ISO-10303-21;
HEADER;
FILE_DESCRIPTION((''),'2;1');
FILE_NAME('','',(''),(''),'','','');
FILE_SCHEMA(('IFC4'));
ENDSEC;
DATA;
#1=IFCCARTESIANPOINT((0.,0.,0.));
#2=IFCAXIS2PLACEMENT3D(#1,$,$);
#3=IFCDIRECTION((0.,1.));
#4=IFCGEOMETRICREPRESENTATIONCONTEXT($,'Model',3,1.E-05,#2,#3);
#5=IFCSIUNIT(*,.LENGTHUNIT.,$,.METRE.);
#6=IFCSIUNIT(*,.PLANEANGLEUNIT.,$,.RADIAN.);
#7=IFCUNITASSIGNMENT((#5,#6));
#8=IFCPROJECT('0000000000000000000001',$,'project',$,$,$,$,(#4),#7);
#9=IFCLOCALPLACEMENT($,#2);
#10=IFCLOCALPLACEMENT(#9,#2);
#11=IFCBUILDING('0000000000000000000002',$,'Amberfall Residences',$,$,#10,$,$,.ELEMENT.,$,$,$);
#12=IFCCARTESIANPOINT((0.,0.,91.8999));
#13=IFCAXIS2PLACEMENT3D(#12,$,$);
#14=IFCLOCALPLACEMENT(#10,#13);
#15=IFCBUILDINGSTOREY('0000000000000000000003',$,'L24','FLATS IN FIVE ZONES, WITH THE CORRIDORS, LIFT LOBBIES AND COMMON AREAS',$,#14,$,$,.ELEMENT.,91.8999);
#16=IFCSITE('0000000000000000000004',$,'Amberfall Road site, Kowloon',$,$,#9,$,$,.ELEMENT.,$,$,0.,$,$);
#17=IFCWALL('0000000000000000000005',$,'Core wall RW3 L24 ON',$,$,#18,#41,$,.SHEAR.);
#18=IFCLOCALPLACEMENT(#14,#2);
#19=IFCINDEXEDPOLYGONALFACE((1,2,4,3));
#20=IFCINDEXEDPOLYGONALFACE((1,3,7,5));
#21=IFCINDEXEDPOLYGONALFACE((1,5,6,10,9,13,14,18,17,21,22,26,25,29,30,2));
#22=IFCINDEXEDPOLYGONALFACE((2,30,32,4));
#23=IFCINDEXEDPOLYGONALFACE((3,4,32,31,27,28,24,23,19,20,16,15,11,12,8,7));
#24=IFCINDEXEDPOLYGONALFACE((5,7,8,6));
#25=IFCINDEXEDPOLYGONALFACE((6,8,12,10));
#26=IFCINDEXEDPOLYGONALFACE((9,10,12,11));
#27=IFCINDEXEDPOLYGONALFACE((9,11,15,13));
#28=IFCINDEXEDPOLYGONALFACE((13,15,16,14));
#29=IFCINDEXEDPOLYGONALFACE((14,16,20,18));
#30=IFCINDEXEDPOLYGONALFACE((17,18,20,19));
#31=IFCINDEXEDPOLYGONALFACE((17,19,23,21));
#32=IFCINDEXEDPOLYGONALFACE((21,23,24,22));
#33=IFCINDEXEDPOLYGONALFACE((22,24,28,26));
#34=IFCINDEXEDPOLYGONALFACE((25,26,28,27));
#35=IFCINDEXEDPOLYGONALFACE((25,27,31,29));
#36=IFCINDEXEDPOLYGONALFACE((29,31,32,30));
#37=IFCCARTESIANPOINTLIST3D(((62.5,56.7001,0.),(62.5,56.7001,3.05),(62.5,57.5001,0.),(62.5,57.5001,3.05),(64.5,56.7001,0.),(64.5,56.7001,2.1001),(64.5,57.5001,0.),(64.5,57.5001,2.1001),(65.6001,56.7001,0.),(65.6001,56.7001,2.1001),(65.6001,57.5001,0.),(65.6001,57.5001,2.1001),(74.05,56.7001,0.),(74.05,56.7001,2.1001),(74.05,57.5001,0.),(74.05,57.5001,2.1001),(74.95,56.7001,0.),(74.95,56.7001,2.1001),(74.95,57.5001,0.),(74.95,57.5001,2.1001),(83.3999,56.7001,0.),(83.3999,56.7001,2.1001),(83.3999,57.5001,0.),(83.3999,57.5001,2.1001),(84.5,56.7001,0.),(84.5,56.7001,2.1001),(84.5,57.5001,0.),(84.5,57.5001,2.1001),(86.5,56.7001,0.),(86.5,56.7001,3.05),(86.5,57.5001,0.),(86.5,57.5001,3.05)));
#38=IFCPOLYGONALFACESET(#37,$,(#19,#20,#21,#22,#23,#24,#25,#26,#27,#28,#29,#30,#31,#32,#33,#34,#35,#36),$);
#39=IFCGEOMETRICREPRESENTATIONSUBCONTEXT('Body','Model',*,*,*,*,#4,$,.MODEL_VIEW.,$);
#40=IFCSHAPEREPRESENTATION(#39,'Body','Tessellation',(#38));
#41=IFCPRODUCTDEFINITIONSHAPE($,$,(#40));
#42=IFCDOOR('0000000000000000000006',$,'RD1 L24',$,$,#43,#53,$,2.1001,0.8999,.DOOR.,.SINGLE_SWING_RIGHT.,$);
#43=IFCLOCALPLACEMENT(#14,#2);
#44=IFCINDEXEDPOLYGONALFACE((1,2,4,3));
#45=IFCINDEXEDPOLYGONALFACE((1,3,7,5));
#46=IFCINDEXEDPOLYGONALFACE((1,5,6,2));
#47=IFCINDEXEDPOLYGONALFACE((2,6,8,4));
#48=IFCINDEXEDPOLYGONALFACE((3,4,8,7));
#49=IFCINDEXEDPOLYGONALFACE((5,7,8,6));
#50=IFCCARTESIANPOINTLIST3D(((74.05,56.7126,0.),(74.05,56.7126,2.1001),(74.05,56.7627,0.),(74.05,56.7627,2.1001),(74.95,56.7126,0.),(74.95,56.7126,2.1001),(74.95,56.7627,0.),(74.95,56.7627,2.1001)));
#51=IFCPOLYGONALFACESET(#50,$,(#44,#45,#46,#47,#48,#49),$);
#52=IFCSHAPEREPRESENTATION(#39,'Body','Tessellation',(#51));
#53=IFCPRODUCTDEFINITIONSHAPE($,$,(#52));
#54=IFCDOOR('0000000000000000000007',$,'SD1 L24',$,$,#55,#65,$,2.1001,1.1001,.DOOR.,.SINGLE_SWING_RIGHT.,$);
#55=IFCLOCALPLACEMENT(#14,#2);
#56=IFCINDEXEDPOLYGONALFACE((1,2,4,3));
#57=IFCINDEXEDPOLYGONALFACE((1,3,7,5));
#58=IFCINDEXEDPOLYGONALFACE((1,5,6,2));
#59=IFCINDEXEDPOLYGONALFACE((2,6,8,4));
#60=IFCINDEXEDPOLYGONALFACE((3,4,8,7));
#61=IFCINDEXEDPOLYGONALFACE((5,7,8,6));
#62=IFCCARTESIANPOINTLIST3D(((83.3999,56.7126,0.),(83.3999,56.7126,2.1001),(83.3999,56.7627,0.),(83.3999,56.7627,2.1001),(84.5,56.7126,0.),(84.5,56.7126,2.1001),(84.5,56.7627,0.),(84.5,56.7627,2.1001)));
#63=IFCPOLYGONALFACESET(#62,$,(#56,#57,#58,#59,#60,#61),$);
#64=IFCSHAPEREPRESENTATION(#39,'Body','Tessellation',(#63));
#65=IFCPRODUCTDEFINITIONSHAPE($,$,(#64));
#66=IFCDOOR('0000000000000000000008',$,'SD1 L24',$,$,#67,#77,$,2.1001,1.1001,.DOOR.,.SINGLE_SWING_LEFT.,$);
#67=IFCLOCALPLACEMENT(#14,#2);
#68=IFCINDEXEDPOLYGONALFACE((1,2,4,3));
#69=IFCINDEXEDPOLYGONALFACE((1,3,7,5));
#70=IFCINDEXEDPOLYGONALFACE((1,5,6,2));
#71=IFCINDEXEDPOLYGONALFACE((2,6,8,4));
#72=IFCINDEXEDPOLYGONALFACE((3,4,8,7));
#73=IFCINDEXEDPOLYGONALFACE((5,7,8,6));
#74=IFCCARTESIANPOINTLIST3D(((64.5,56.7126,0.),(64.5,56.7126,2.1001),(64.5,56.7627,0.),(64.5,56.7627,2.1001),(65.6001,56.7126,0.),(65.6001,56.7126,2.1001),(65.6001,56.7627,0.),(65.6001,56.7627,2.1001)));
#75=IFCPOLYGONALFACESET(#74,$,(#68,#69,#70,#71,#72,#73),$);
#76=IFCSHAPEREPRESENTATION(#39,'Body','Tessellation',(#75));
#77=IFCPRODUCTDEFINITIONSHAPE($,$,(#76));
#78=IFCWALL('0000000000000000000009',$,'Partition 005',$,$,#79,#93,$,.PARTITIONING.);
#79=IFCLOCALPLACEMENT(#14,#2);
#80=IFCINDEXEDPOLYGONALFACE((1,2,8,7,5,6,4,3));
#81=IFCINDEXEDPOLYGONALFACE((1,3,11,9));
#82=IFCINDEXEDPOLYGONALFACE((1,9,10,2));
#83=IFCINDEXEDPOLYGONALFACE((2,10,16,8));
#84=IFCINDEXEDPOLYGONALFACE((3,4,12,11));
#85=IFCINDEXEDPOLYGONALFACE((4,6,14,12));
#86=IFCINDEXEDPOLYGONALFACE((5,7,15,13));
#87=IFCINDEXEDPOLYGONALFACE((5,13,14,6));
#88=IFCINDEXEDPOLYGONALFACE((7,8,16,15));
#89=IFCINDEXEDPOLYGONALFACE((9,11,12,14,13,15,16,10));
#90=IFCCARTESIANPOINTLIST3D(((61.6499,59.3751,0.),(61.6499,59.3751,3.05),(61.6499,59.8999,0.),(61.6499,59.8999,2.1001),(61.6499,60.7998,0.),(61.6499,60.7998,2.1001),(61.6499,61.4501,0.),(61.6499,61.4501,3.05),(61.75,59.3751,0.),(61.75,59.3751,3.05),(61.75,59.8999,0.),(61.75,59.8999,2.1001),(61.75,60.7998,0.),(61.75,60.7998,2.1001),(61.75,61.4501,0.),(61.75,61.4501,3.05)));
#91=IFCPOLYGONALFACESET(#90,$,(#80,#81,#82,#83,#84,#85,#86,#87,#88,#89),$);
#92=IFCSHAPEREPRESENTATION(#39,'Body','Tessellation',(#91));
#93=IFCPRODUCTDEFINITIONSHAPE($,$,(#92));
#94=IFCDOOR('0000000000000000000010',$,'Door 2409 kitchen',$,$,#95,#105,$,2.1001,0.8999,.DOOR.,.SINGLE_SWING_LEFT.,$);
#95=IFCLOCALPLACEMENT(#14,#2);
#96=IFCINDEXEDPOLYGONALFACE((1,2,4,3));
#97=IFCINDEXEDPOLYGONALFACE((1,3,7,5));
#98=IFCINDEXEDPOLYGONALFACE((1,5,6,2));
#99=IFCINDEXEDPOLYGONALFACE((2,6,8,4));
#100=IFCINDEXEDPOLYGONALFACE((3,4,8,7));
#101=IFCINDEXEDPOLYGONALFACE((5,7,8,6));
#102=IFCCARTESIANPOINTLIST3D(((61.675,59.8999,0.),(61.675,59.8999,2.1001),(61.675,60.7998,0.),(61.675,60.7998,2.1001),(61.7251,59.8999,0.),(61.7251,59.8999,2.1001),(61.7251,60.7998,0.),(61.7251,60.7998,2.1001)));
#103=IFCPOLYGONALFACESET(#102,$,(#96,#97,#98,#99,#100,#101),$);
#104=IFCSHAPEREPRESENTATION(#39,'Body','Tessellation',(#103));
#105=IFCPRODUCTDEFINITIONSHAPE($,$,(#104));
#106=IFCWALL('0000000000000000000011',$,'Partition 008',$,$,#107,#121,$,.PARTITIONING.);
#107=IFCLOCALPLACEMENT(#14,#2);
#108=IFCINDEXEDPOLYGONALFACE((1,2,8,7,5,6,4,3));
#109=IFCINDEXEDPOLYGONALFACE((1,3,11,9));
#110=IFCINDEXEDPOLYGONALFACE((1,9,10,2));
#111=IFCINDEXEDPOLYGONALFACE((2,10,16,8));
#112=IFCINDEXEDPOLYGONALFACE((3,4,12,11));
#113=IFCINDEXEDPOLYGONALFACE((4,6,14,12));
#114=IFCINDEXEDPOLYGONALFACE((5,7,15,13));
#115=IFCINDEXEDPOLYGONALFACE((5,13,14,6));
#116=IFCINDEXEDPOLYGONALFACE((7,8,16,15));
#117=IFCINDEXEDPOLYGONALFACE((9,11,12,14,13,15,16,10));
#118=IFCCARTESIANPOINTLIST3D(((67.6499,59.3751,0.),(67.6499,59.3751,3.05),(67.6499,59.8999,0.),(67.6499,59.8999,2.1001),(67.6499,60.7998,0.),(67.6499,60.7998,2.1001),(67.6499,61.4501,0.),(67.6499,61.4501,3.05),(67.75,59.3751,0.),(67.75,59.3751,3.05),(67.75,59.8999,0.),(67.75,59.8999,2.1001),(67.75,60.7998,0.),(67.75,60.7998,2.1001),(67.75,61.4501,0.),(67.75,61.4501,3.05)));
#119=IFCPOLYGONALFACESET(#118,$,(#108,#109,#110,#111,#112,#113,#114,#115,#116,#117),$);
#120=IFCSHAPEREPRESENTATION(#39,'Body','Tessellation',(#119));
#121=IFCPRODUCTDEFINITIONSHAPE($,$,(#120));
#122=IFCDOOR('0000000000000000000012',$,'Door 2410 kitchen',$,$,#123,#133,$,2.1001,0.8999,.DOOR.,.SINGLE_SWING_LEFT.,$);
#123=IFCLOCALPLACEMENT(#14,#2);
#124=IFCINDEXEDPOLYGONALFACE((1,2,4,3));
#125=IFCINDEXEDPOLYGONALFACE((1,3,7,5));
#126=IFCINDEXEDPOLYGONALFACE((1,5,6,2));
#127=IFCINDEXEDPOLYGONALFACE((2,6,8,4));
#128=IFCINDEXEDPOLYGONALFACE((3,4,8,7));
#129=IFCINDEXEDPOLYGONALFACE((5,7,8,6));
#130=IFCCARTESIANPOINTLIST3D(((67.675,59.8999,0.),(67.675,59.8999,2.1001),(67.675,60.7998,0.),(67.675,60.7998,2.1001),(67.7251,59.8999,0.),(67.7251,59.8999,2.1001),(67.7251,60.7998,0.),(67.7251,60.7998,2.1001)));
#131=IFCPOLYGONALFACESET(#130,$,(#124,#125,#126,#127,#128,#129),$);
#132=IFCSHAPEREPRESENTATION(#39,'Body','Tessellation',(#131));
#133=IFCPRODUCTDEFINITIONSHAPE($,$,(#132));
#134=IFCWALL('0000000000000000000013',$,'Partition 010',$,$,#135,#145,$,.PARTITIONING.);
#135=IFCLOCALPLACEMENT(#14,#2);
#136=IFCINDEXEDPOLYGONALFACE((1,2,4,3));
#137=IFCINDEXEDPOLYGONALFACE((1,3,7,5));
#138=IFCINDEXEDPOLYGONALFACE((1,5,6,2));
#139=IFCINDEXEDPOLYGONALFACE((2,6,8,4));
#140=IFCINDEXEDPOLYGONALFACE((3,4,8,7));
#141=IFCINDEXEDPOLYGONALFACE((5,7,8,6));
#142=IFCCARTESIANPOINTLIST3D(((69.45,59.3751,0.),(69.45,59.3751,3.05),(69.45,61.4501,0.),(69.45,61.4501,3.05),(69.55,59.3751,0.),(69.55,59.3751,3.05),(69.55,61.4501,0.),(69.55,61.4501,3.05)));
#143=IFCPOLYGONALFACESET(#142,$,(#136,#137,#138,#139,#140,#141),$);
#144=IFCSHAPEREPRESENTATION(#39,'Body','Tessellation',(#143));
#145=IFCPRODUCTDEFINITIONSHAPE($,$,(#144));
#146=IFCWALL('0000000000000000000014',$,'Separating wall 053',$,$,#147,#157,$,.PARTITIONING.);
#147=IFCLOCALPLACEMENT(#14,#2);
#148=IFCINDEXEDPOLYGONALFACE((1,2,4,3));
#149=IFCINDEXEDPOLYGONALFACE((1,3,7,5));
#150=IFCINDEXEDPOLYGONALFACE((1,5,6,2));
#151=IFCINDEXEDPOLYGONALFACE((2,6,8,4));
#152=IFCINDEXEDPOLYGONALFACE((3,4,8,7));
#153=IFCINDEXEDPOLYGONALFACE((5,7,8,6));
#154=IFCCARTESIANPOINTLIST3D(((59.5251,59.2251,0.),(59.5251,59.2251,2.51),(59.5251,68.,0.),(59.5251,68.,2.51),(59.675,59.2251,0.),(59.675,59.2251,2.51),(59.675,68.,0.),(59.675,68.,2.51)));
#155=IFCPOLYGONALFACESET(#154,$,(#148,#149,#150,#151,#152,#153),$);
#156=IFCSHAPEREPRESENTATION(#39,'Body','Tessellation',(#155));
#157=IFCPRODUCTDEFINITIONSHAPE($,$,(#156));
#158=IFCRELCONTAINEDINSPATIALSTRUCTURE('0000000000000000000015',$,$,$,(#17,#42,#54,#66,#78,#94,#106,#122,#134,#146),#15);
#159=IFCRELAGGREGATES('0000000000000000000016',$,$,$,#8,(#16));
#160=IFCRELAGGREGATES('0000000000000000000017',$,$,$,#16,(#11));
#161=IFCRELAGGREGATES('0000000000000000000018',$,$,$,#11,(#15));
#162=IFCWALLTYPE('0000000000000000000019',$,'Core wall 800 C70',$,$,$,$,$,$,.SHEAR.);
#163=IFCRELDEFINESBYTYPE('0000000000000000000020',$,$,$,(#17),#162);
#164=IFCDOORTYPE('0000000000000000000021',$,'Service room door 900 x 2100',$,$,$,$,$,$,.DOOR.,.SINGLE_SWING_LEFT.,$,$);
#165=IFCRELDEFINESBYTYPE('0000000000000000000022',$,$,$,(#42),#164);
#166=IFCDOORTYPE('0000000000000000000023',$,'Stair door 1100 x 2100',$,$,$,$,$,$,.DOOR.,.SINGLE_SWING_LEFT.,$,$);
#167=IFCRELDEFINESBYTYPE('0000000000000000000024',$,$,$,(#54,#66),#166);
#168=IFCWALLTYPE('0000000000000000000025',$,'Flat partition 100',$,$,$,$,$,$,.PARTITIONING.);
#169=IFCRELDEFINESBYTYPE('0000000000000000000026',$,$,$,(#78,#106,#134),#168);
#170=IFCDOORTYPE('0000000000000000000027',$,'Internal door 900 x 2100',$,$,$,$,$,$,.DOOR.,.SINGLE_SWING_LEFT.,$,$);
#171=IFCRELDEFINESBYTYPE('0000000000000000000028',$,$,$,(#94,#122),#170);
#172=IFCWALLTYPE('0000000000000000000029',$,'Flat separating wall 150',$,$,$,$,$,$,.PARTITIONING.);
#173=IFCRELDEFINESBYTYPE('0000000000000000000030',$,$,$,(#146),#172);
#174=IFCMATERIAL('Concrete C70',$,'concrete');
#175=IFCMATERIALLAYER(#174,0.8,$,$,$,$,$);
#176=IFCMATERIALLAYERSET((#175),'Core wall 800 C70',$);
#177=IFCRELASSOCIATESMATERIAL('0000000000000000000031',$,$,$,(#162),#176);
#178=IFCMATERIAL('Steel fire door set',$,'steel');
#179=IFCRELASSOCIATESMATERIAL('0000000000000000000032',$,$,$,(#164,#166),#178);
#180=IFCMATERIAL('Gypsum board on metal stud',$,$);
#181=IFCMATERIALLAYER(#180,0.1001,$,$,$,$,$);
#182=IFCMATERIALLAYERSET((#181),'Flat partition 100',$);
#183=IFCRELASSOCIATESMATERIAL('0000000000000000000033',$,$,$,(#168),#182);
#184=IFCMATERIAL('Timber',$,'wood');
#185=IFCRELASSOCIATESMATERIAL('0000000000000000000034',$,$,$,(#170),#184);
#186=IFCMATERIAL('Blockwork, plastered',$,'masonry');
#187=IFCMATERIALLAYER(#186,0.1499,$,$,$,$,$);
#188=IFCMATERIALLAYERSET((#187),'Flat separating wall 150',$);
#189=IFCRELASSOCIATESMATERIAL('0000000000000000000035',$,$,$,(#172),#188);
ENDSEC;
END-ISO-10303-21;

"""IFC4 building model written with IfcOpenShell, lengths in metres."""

from ifc_helpers import new_model, si_unit, direction, frame, frame_2d, origin, place, context, subcontext, project, spatial, rectangle, extrude, material, layer, layer_set, type_object, element, fill, save


model = new_model("IFC4")

# Units and contexts
model_context = context("Model", 3, precision=1e-05, world=origin(), true_north=direction((0.0, 1.0)))
body_context = subcontext(model_context, "Body", "Model", "MODEL_VIEW")
ifc_project = project(units=[si_unit("LENGTHUNIT", "METRE"), si_unit("PLANEANGLEUNIT", "RADIAN")], contexts=[model_context])

# Site, building, storey
site_placement = place(None, origin())
site = spatial("IfcSite", under=ifc_project, at=site_placement, Name="Amberfall Road site, Kowloon", CompositionType="ELEMENT", RefElevation=0.0)
building_placement = place(site_placement, origin())
building = spatial("IfcBuilding", under=site, at=building_placement, Name="Amberfall Residences", CompositionType="ELEMENT")
storey_placement = place(building_placement, frame((0.0, 0.0, 91.8999)))
storey = spatial("IfcBuildingStorey", under=building, at=storey_placement, Name="L24", Description="FLATS IN FIVE ZONES, WITH THE CORRIDORS, LIFT LOBBIES AND COMMON AREAS", CompositionType="ELEMENT", Elevation=91.8999)

# Wall, openings, doors
ifc_material_1 = material(Name="Concrete C70", Category="concrete")
ifc_layer_1 = layer(ifc_material_1, 0.8)
ifc_layer_set_1 = layer_set([ifc_layer_1], Name="Core wall 800 C70")
wall_type_1 = type_object("IfcWallType", Name="Core wall 800 C70", PredefinedType="SHEAR", material=ifc_layer_set_1)
wall_1_placement = place(storey_placement, frame((62.5, 57.1001, 0.0), z_axis=(0.0, 0.0, 1.0), x_axis=(1.0, 0.0, 0.0)))
wall_1 = element("IfcWall", 1, at=wall_1_placement, inside=storey, type_object=wall_type_1, Name="Core wall RW3 L24 ON", PredefinedType="SHEAR", context=body_context, shape_type="SweptSolid", body=[
    extrude(rectangle(XDim=24.0, YDim=0.8, at=frame_2d((12.0, 0.0))), origin(), (0.0, 0.0, 1.0), 3.05),
])
opening_1_placement = place(wall_1_placement, frame((20.8999, 0.0, 0.0)))
opening_1 = element("IfcOpeningElement", 2, at=opening_1_placement, cuts=wall_1, PredefinedType="OPENING", context=body_context, shape_type="SweptSolid", body=[
    extrude(rectangle(XDim=1.1001, YDim=2.1001, at=frame_2d((0.55, 1.05))), frame((0.0, 0.4099, 0.0), z_axis=(0.0, -1.0, 0.0), x_axis=(1.0, 0.0, 0.0)), (0.0, 0.0, 1.0), 0.8201),
])
opening_2_placement = place(wall_1_placement, frame((2.0, 0.0, 0.0)))
opening_2 = element("IfcOpeningElement", 3, at=opening_2_placement, cuts=wall_1, PredefinedType="OPENING", context=body_context, shape_type="SweptSolid", body=[
    extrude(rectangle(XDim=1.1001, YDim=2.1001, at=frame_2d((0.55, 1.05))), frame((0.0, 0.4099, 0.0), z_axis=(0.0, -1.0, 0.0), x_axis=(1.0, 0.0, 0.0)), (0.0, 0.0, 1.0), 0.8201),
])
opening_3_placement = place(wall_1_placement, frame((11.55, 0.0, 0.0)))
opening_3 = element("IfcOpeningElement", 4, at=opening_3_placement, cuts=wall_1, PredefinedType="OPENING", context=body_context, shape_type="SweptSolid", body=[
    extrude(rectangle(XDim=0.8999, YDim=2.1001, at=frame_2d((0.45, 1.05))), frame((0.0, 0.4099, 0.0), z_axis=(0.0, -1.0, 0.0), x_axis=(1.0, 0.0, 0.0)), (0.0, 0.0, 1.0), 0.8201),
])
ifc_material_2 = material(Name="Steel fire door set", Category="steel")
door_type_1 = type_object("IfcDoorType", Name="Service room door 900 x 2100", OperationType="SINGLE_SWING_LEFT", PredefinedType="DOOR", material=ifc_material_2)
door_1_placement = place(opening_3_placement, origin())
door_1 = element("IfcDoor", 5, at=door_1_placement, inside=storey, type_object=door_type_1, Name="RD1 L24", OperationType="SINGLE_SWING_RIGHT", OverallHeight=2.1001, OverallWidth=0.8999, PredefinedType="DOOR", context=body_context, shape_type="SweptSolid", body=[
    extrude(rectangle(XDim=0.8999, YDim=2.1001, at=frame_2d((0.45, 1.05))), frame((0.0, -0.3374, 0.0), z_axis=(0.0, -1.0, 0.0), x_axis=(1.0, 0.0, 0.0)), (0.0, 0.0, 1.0), 0.05),
])
fill(opening_3, door_1)
door_type_2 = type_object("IfcDoorType", Name="Stair door 1100 x 2100", OperationType="SINGLE_SWING_LEFT", PredefinedType="DOOR", material=ifc_material_2)
door_2_placement = place(opening_1_placement, origin())
door_2 = element("IfcDoor", 6, at=door_2_placement, inside=storey, type_object=door_type_2, Name="SD1 L24", OperationType="SINGLE_SWING_RIGHT", OverallHeight=2.1001, OverallWidth=1.1001, PredefinedType="DOOR", context=body_context, shape_type="SweptSolid", body=[
    extrude(rectangle(XDim=1.1001, YDim=2.1001, at=frame_2d((0.55, 1.05))), frame((0.0, -0.3374, 0.0), z_axis=(0.0, -1.0, 0.0), x_axis=(1.0, 0.0, 0.0)), (0.0, 0.0, 1.0), 0.05),
])
fill(opening_1, door_2)
door_3_placement = place(opening_2_placement, origin())
door_3 = element("IfcDoor", 7, at=door_3_placement, inside=storey, type_object=door_type_2, Name="SD1 L24", OperationType="SINGLE_SWING_LEFT", OverallHeight=2.1001, OverallWidth=1.1001, PredefinedType="DOOR", context=body_context, shape_type="SweptSolid", body=[
    extrude(rectangle(XDim=1.1001, YDim=2.1001, at=frame_2d((0.55, 1.05))), frame((0.0, -0.3374, 0.0), z_axis=(0.0, -1.0, 0.0), x_axis=(1.0, 0.0, 0.0)), (0.0, 0.0, 1.0), 0.05),
])
fill(opening_2, door_3)

# Walls, openings, doors
ifc_material_3 = material(Name="Gypsum board on metal stud")
ifc_layer_2 = layer(ifc_material_3, 0.1001)
ifc_layer_set_2 = layer_set([ifc_layer_2], Name="Flat partition 100")
wall_type_2 = type_object("IfcWallType", Name="Flat partition 100", PredefinedType="PARTITIONING", material=ifc_layer_set_2)
wall_2_placement = place(storey_placement, frame((61.7, 59.375, 0.0), z_axis=(0.0, 0.0, 1.0), x_axis=(0.0, 1.0, 0.0)))
wall_2 = element("IfcWall", 8, at=wall_2_placement, inside=storey, type_object=wall_type_2, Name="Partition 005", PredefinedType="PARTITIONING", context=body_context, shape_type="SweptSolid", body=[
    extrude(rectangle(XDim=2.075, YDim=0.1001, at=frame_2d((1.0376, 0.0))), origin(), (0.0, 0.0, 1.0), 3.05),
])
opening_4_placement = place(wall_2_placement, frame((0.5249, 0.0, 0.0)))
opening_4 = element("IfcOpeningElement", 9, at=opening_4_placement, cuts=wall_2, PredefinedType="OPENING", context=body_context, shape_type="SweptSolid", body=[
    extrude(rectangle(XDim=0.8999, YDim=2.1001, at=frame_2d((0.45, 1.05))), frame((0.0, 0.0601, 0.0), z_axis=(0.0, -1.0, 0.0), x_axis=(1.0, 0.0, 0.0)), (0.0, 0.0, 1.0), 0.1201),
])
ifc_material_4 = material(Name="Timber", Category="wood")
door_type_3 = type_object("IfcDoorType", Name="Internal door 900 x 2100", OperationType="SINGLE_SWING_LEFT", PredefinedType="DOOR", material=ifc_material_4)
door_4_placement = place(opening_4_placement, origin())
door_4 = element("IfcDoor", 10, at=door_4_placement, inside=storey, type_object=door_type_3, Name="Door 2409 kitchen", OperationType="SINGLE_SWING_LEFT", OverallHeight=2.1001, OverallWidth=0.8999, PredefinedType="DOOR", context=body_context, shape_type="SweptSolid", body=[
    extrude(rectangle(XDim=0.8999, YDim=2.1001, at=frame_2d((0.45, 1.05))), frame((0.0, 0.0249, 0.0), z_axis=(0.0, -1.0, 0.0), x_axis=(1.0, 0.0, 0.0)), (0.0, 0.0, 1.0), 0.05),
])
fill(opening_4, door_4)
wall_3_placement = place(storey_placement, frame((67.7, 59.375, 0.0), z_axis=(0.0, 0.0, 1.0), x_axis=(0.0, 1.0, 0.0)))
wall_3 = element("IfcWall", 11, at=wall_3_placement, inside=storey, type_object=wall_type_2, Name="Partition 008", PredefinedType="PARTITIONING", context=body_context, shape_type="SweptSolid", body=[
    extrude(rectangle(XDim=2.075, YDim=0.1001, at=frame_2d((1.0376, 0.0))), origin(), (0.0, 0.0, 1.0), 3.05),
])
opening_5_placement = place(wall_3_placement, frame((0.5249, 0.0, 0.0)))
opening_5 = element("IfcOpeningElement", 12, at=opening_5_placement, cuts=wall_3, PredefinedType="OPENING", context=body_context, shape_type="SweptSolid", body=[
    extrude(rectangle(XDim=0.8999, YDim=2.1001, at=frame_2d((0.45, 1.05))), frame((0.0, 0.0601, 0.0), z_axis=(0.0, -1.0, 0.0), x_axis=(1.0, 0.0, 0.0)), (0.0, 0.0, 1.0), 0.1201),
])
door_5_placement = place(opening_5_placement, origin())
door_5 = element("IfcDoor", 13, at=door_5_placement, inside=storey, type_object=door_type_3, Name="Door 2410 kitchen", OperationType="SINGLE_SWING_LEFT", OverallHeight=2.1001, OverallWidth=0.8999, PredefinedType="DOOR", context=body_context, shape_type="SweptSolid", body=[
    extrude(rectangle(XDim=0.8999, YDim=2.1001, at=frame_2d((0.45, 1.05))), frame((0.0, 0.0249, 0.0), z_axis=(0.0, -1.0, 0.0), x_axis=(1.0, 0.0, 0.0)), (0.0, 0.0, 1.0), 0.05),
])
fill(opening_5, door_5)

# Walls
wall_4_placement = place(storey_placement, frame((69.5, 59.375, 0.0), z_axis=(0.0, 0.0, 1.0), x_axis=(0.0, 1.0, 0.0)))
element("IfcWall", 14, at=wall_4_placement, inside=storey, type_object=wall_type_2, Name="Partition 010", PredefinedType="PARTITIONING", context=body_context, shape_type="SweptSolid", body=[
    extrude(rectangle(XDim=2.075, YDim=0.1001, at=frame_2d((1.0376, 0.0))), origin(), (0.0, 0.0, 1.0), 3.05),
])
ifc_material_5 = material(Name="Blockwork, plastered", Category="masonry")
ifc_layer_3 = layer(ifc_material_5, 0.1499)
ifc_layer_set_3 = layer_set([ifc_layer_3], Name="Flat separating wall 150")
wall_type_3 = type_object("IfcWallType", Name="Flat separating wall 150", PredefinedType="PARTITIONING", material=ifc_layer_set_3)
wall_5_placement = place(storey_placement, frame((59.6001, 59.2251, 0.0), z_axis=(0.0, 0.0, 1.0), x_axis=(0.0, 1.0, 0.0)))
element("IfcWall", 15, at=wall_5_placement, inside=storey, type_object=wall_type_3, Name="Separating wall 053", PredefinedType="PARTITIONING", context=body_context, shape_type="SweptSolid", body=[
    extrude(rectangle(XDim=8.7749, YDim=0.1499, at=frame_2d((4.3875, 0.0))), origin(), (0.0, 0.0, 1.0), 2.51),
])

save(model, "model.ifc")
